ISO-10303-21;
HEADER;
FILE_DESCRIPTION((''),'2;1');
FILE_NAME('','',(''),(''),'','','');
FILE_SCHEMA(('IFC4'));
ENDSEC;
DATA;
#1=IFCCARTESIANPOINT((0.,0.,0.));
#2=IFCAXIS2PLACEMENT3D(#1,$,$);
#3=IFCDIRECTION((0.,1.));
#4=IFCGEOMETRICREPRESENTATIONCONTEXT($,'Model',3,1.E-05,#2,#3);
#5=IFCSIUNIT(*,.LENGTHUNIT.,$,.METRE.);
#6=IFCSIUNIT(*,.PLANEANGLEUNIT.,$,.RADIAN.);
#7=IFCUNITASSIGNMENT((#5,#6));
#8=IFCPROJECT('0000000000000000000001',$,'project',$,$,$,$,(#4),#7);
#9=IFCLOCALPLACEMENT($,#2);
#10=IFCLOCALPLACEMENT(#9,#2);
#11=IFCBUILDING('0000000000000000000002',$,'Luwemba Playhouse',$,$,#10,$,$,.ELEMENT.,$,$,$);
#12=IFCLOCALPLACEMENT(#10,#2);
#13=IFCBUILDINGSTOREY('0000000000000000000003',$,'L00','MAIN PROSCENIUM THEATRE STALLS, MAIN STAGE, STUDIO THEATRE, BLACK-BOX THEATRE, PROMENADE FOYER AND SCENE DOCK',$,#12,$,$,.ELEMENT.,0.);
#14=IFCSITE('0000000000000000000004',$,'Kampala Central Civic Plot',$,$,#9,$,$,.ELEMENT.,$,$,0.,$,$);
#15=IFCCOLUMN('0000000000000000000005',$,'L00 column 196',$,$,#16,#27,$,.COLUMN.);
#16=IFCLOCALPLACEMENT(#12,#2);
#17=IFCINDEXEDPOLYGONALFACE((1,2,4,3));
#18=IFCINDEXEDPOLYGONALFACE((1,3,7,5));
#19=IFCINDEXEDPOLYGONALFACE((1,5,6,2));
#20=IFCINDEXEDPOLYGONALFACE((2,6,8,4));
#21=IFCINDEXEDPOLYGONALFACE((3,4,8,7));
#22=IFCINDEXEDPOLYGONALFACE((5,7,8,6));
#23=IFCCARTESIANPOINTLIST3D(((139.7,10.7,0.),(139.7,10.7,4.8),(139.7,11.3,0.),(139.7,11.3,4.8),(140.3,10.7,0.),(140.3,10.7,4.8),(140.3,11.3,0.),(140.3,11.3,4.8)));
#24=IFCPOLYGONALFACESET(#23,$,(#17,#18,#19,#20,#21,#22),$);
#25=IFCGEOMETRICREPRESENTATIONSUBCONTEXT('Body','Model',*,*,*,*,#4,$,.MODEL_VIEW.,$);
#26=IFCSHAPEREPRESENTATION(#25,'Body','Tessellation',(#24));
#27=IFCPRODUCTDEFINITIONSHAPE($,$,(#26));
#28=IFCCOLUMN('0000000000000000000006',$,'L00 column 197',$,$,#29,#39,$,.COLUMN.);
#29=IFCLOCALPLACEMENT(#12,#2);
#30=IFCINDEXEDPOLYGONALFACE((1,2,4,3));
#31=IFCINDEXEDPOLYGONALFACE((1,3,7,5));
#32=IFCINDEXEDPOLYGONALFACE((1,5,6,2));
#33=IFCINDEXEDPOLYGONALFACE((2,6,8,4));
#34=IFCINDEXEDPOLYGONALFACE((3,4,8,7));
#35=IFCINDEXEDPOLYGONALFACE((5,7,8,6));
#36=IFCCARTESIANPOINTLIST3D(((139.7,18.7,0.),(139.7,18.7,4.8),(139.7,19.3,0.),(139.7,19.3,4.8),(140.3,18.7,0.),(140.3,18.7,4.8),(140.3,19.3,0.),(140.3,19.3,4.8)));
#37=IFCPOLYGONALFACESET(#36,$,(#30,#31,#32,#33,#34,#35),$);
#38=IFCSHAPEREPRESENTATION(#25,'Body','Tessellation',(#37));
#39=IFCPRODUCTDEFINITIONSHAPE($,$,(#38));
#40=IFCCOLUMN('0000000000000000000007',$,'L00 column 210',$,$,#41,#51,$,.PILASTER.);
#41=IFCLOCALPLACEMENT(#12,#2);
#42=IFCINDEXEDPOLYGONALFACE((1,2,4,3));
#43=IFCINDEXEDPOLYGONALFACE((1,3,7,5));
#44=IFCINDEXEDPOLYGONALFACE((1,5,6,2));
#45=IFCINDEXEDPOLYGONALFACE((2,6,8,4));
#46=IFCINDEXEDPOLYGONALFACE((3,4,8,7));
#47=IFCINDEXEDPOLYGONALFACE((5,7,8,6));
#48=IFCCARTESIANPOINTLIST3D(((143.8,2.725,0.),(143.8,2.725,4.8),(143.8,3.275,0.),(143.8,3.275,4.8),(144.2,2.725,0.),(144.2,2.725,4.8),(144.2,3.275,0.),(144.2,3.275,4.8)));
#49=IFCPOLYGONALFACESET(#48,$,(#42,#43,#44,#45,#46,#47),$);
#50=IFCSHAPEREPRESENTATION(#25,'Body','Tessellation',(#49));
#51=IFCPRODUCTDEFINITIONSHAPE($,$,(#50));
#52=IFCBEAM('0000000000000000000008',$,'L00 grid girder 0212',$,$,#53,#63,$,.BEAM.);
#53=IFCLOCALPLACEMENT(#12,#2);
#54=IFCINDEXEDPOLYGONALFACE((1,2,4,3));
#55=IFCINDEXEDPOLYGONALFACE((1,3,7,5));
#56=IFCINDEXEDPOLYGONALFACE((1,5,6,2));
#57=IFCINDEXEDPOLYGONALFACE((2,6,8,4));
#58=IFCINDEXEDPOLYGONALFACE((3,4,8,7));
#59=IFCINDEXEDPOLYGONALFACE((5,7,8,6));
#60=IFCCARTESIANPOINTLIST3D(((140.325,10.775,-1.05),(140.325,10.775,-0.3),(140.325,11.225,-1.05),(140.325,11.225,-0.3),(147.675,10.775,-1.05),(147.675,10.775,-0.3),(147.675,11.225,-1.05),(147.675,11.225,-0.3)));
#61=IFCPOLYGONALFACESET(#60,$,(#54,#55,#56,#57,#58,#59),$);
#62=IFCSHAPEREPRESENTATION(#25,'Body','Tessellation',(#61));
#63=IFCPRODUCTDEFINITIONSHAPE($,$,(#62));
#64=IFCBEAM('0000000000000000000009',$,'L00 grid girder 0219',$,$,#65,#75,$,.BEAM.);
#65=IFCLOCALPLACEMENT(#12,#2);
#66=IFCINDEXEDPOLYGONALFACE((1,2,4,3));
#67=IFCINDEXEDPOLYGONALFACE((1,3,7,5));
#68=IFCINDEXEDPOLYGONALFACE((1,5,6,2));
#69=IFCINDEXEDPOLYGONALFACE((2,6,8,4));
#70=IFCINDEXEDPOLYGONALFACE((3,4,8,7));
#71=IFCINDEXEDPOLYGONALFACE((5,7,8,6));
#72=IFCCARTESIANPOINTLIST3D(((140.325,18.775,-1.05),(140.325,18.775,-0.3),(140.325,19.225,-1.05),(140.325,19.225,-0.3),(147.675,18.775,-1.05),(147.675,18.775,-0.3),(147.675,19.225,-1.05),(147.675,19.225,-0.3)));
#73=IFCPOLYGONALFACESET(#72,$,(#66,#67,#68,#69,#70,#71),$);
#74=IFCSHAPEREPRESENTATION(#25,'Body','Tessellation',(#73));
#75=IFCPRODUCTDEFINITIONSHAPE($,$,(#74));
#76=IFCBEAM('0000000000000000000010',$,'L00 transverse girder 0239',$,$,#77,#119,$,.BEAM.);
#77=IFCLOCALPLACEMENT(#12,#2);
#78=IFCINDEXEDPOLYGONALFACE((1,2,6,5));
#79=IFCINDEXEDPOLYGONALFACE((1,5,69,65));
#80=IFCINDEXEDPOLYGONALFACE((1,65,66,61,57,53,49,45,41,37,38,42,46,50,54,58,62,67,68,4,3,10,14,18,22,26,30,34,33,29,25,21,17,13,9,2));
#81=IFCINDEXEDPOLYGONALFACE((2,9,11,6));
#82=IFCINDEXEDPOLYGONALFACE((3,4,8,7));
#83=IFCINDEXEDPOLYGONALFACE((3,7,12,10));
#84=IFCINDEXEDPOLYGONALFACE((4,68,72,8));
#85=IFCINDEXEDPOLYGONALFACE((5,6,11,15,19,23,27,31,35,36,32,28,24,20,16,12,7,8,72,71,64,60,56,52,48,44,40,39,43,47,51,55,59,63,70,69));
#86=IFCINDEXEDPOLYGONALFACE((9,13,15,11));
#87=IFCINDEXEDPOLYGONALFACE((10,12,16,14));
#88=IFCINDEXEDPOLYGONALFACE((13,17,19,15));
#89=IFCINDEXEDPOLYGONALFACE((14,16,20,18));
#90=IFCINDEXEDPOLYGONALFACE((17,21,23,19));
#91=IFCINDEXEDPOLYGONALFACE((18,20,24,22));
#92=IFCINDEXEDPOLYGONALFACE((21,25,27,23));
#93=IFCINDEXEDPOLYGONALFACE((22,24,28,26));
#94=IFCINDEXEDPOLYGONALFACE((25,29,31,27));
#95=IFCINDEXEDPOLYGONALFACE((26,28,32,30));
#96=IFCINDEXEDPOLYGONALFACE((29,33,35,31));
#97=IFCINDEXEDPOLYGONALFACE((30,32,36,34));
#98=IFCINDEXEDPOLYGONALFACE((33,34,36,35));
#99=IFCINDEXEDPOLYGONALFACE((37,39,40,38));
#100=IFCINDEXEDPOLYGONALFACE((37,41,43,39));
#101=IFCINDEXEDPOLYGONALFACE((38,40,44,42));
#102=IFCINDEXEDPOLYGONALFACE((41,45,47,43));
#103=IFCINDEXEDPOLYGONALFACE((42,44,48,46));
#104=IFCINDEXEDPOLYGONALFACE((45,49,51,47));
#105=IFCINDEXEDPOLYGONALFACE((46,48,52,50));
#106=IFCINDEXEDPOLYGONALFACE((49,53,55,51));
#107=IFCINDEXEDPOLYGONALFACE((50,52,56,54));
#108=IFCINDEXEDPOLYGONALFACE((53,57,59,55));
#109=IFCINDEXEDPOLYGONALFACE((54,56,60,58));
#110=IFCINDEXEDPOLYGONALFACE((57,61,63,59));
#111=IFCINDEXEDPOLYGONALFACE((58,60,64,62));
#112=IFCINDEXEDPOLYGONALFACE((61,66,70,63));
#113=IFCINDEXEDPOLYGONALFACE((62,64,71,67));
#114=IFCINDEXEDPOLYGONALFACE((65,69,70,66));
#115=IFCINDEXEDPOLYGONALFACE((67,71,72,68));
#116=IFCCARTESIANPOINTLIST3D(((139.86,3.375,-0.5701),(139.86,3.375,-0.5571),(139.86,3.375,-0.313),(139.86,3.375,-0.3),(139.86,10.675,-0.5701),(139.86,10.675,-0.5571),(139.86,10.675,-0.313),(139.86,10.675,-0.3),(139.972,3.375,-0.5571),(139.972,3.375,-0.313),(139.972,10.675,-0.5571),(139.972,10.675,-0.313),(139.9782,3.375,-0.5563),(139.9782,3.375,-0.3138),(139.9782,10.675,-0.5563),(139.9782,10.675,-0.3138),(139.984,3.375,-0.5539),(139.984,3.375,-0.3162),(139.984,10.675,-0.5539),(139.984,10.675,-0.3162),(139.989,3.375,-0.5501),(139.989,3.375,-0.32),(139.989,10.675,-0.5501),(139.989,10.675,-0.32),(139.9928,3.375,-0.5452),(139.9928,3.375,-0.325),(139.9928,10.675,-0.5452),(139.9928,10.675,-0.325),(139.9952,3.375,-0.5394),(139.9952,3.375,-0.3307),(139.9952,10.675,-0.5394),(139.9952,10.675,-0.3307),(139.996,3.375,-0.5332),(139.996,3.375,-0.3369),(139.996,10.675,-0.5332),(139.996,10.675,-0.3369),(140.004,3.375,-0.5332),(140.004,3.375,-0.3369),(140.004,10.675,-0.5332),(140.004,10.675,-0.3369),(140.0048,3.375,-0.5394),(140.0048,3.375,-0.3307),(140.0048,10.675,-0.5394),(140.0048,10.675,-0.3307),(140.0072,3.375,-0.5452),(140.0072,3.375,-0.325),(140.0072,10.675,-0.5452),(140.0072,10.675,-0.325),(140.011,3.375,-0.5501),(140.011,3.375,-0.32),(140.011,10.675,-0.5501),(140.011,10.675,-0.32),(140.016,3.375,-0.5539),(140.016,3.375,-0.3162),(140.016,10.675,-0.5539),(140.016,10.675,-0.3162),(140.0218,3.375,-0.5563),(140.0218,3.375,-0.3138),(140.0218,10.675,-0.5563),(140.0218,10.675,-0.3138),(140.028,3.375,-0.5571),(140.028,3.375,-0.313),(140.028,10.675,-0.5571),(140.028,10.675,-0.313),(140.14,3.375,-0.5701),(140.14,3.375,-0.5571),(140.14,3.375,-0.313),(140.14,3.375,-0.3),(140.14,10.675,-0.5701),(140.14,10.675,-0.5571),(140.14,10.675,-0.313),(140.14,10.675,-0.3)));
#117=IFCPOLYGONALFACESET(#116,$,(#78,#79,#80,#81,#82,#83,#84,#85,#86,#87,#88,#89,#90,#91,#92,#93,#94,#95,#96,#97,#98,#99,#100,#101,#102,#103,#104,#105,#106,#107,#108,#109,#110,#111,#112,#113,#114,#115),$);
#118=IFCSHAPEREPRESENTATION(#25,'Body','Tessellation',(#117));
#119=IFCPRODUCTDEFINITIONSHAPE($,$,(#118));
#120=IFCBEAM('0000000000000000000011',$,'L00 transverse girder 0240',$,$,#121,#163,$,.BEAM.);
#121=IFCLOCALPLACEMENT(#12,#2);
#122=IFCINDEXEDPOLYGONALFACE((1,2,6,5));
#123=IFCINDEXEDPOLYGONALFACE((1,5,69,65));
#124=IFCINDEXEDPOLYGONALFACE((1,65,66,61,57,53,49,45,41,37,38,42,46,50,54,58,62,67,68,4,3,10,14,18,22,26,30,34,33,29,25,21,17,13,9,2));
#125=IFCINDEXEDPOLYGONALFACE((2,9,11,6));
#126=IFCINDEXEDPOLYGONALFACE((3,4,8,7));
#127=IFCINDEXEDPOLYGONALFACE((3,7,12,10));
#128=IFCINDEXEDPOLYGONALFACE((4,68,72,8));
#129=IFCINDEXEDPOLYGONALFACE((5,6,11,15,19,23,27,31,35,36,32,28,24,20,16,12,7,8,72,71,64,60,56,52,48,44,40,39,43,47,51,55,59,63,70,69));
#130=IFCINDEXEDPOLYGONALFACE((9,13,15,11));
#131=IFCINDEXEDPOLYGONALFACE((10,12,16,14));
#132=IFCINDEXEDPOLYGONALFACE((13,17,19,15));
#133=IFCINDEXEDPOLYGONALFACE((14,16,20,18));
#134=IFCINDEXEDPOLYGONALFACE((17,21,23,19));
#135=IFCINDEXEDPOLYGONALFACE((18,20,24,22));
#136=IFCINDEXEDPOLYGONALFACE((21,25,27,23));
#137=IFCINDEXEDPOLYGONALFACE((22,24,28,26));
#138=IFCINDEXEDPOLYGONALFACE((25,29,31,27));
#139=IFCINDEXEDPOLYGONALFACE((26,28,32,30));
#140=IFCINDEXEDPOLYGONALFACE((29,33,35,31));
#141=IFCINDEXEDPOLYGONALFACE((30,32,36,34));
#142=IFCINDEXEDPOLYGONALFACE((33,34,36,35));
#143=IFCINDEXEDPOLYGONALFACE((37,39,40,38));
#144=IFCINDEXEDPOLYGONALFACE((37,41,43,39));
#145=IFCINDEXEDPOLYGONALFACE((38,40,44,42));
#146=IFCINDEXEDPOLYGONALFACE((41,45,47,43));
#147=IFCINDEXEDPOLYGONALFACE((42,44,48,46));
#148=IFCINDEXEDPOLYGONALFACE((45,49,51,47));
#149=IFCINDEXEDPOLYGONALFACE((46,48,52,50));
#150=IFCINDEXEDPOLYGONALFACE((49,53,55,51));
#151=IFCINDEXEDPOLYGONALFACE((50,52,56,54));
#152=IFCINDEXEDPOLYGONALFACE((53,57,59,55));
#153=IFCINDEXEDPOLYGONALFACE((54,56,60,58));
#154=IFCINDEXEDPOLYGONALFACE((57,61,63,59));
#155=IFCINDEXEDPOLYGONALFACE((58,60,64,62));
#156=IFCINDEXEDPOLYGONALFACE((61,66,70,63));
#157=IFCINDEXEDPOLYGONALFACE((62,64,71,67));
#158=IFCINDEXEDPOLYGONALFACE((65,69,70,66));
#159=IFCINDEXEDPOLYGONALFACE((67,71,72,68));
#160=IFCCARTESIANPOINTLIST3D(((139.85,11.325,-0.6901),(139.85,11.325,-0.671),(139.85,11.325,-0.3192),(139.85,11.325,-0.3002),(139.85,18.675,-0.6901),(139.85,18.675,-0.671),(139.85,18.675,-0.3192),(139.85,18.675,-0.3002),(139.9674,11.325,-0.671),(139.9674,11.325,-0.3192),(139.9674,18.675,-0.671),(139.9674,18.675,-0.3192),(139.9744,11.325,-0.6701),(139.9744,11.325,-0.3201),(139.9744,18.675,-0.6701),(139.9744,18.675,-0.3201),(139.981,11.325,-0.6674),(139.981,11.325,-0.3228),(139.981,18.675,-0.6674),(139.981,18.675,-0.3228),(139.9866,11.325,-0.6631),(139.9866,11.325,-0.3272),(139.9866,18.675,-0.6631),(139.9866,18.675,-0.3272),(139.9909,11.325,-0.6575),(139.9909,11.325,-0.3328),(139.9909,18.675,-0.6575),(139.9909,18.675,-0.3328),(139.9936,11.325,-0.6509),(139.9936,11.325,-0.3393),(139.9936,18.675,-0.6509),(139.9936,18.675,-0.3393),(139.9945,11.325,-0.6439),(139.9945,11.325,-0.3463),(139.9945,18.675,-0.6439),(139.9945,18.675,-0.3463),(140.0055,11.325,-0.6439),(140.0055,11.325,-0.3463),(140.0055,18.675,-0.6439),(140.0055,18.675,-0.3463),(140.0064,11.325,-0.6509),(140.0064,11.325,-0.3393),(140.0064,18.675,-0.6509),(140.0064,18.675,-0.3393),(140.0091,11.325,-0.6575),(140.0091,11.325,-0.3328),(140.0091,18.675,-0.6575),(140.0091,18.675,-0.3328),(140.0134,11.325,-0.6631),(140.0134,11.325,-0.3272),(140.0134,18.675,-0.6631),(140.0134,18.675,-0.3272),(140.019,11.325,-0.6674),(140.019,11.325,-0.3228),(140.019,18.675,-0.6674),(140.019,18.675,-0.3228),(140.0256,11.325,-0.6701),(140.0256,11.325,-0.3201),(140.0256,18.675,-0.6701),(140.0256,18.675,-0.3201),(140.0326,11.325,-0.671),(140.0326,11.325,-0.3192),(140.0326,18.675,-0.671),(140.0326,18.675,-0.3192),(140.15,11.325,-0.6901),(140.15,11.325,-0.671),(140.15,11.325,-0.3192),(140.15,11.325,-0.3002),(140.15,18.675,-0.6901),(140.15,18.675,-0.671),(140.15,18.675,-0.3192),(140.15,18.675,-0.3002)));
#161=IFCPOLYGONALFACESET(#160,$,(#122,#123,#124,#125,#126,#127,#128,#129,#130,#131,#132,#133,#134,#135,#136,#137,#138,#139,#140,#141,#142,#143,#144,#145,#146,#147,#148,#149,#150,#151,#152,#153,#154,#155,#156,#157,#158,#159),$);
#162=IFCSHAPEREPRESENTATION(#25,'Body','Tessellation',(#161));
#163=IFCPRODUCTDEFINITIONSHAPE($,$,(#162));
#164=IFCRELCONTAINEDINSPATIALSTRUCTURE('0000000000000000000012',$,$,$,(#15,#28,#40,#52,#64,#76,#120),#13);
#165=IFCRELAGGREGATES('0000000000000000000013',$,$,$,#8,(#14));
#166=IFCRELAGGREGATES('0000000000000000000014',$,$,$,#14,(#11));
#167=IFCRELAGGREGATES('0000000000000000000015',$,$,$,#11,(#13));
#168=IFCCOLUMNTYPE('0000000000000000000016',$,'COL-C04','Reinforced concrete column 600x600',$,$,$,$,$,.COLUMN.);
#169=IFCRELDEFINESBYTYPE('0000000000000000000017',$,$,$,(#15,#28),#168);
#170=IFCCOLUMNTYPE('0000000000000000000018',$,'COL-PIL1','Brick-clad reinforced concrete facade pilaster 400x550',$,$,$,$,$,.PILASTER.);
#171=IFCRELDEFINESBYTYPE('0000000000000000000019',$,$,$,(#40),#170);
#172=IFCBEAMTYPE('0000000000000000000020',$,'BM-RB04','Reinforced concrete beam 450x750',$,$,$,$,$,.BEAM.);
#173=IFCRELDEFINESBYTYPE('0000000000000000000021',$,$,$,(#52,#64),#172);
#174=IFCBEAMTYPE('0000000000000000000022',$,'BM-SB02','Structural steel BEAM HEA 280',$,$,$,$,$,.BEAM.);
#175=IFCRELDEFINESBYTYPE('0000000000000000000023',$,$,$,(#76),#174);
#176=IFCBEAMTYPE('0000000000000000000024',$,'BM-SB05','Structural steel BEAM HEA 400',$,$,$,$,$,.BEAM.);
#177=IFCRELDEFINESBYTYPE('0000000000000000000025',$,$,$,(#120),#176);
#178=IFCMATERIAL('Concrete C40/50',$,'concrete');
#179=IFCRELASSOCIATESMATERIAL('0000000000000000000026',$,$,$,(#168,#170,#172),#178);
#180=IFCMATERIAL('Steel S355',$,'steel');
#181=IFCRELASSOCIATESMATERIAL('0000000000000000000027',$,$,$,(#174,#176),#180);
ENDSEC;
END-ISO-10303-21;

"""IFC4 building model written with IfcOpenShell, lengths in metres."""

from ifc_helpers import new_model, si_unit, direction, frame, origin, origin_2d, place, context, subcontext, project, spatial, rectangle, i_section, extrude, material, material_profile, profile_set, type_object, element, save


model = new_model("IFC4")

# Units and contexts
model_context = context("Model", 3, precision=1e-05, world=origin(), true_north=direction((0.0, 1.0)))
body_context = subcontext(model_context, "Body", "Model", "MODEL_VIEW")
ifc_project = project(units=[si_unit("LENGTHUNIT", "METRE"), si_unit("PLANEANGLEUNIT", "RADIAN")], contexts=[model_context])

# Site, building, storey
site_placement = place(None, origin())
site = spatial("IfcSite", under=ifc_project, at=site_placement, Name="Kampala Central Civic Plot", CompositionType="ELEMENT", RefElevation=0.0)
building_placement = place(site_placement, origin())
building = spatial("IfcBuilding", under=site, at=building_placement, Name="Luwemba Playhouse", CompositionType="ELEMENT")
storey_placement = place(building_placement, origin())
storey = spatial("IfcBuildingStorey", under=building, at=storey_placement, Name="L00", Description="MAIN PROSCENIUM THEATRE STALLS, MAIN STAGE, STUDIO THEATRE, BLACK-BOX THEATRE, PROMENADE FOYER AND SCENE DOCK", CompositionType="ELEMENT", Elevation=0.0)

# Columns
ifc_material_1 = material(Name="Concrete C40/50", Category="concrete")
ifc_material_profile_1 = material_profile(ifc_material_1, rectangle(XDim=0.6001, YDim=0.6001, at=origin_2d()))
ifc_profile_set_1 = profile_set([ifc_material_profile_1], Name="Concrete C40/50")
column_type_1 = type_object("IfcColumnType", Name="COL-C04", Description="Reinforced concrete column 600x600", PredefinedType="COLUMN", material=ifc_profile_set_1)
for number, where, z_axis, x_axis, name in (
    (1, (140.0, 11.0, 0.0), (0.0, 0.0, 1.0), (1.0, 0.0, 0.0), "L00 column 196"),
    (2, (140.0, 19.0, 0.0), (0.0, 0.0, 1.0), (1.0, 0.0, 0.0), "L00 column 197"),
):
    element("IfcColumn", number, at=place(storey_placement, frame(where, z_axis=z_axis, x_axis=x_axis)), inside=storey, type_object=column_type_1, Name=name, PredefinedType="COLUMN", context=body_context, shape_type="SweptSolid", body=[
        extrude(rectangle(XDim=0.6001, YDim=0.6001, at=origin_2d()), origin(), (0.0, 0.0, 1.0), 4.8),
    ])
ifc_material_profile_2 = material_profile(ifc_material_1, rectangle(XDim=0.3999, YDim=0.55, at=origin_2d()))
ifc_profile_set_2 = profile_set([ifc_material_profile_2], Name="Concrete C40/50")
column_type_2 = type_object("IfcColumnType", Name="COL-PIL1", Description="Brick-clad reinforced concrete facade pilaster 400x550", PredefinedType="PILASTER", material=ifc_profile_set_2)
column_placement = place(storey_placement, frame((144.0, 3.0, 0.0), z_axis=(0.0, 0.0, 1.0), x_axis=(1.0, 0.0, 0.0)))
element("IfcColumn", 3, at=column_placement, inside=storey, type_object=column_type_2, Name="L00 column 210", PredefinedType="PILASTER", context=body_context, shape_type="SweptSolid", body=[
    extrude(rectangle(XDim=0.3999, YDim=0.55, at=origin_2d()), origin(), (0.0, 0.0, 1.0), 4.8),
])

# Beams
ifc_material_profile_3 = material_profile(ifc_material_1, rectangle(XDim=0.45, YDim=0.75, at=origin_2d()))
ifc_profile_set_3 = profile_set([ifc_material_profile_3], Name="Concrete C40/50")
beam_type_1 = type_object("IfcBeamType", Name="BM-RB04", Description="Reinforced concrete beam 450x750", PredefinedType="BEAM", material=ifc_profile_set_3)
for number, where, z_axis, x_axis, name in (
    (4, (140.325, 11.0, -0.675), (1.0, 0.0, 0.0), (0.0, 1.0, 0.0), "L00 grid girder 0212"),
    (5, (140.325, 19.0, -0.675), (1.0, 0.0, 0.0), (0.0, 1.0, 0.0), "L00 grid girder 0219"),
):
    element("IfcBeam", number, at=place(storey_placement, frame(where, z_axis=z_axis, x_axis=x_axis)), inside=storey, type_object=beam_type_1, Name=name, PredefinedType="BEAM", context=body_context, shape_type="SweptSolid", body=[
        extrude(rectangle(XDim=0.45, YDim=0.75, at=origin_2d()), origin(), (0.0, 0.0, 1.0), 7.3501),
    ])
ifc_material_2 = material(Name="Steel S355", Category="steel")
ifc_material_profile_4 = material_profile(ifc_material_2, i_section(OverallWidth=0.28, OverallDepth=0.27, WebThickness=0.0081, FlangeThickness=0.0129, FilletRadius=0.0239, at=origin_2d()))
ifc_profile_set_4 = profile_set([ifc_material_profile_4], Name="Steel S355")
beam_type_2 = type_object("IfcBeamType", Name="BM-SB02", Description="Structural steel BEAM HEA 280", PredefinedType="BEAM", material=ifc_profile_set_4)
beam_1_placement = place(storey_placement, frame((140.0, 3.375, -0.4351), z_axis=(0.0, 1.0, 0.0), x_axis=(-1.0, 0.0, 0.0)))
element("IfcBeam", 6, at=beam_1_placement, inside=storey, type_object=beam_type_2, Name="L00 transverse girder 0239", PredefinedType="BEAM", context=body_context, shape_type="SweptSolid", body=[
    extrude(i_section(OverallWidth=0.28, OverallDepth=0.27, WebThickness=0.0081, FlangeThickness=0.0129, FilletRadius=0.0239, at=origin_2d()), origin(), (0.0, 0.0, 1.0), 7.3),
])
ifc_material_profile_5 = material_profile(ifc_material_2, i_section(OverallWidth=0.3, OverallDepth=0.3899, WebThickness=0.011, FlangeThickness=0.019, FilletRadius=0.0271, at=origin_2d()))
ifc_profile_set_5 = profile_set([ifc_material_profile_5], Name="Steel S355")
beam_type_3 = type_object("IfcBeamType", Name="BM-SB05", Description="Structural steel BEAM HEA 400", PredefinedType="BEAM", material=ifc_profile_set_5)
beam_2_placement = place(storey_placement, frame((140.0, 11.325, -0.4951), z_axis=(0.0, 1.0, 0.0), x_axis=(-1.0, 0.0, 0.0)))
element("IfcBeam", 7, at=beam_2_placement, inside=storey, type_object=beam_type_3, Name="L00 transverse girder 0240", PredefinedType="BEAM", context=body_context, shape_type="SweptSolid", body=[
    extrude(i_section(OverallWidth=0.3, OverallDepth=0.3899, WebThickness=0.011, FlangeThickness=0.019, FilletRadius=0.0271, at=origin_2d()), origin(), (0.0, 0.0, 1.0), 7.3501),
])

save(model, "model.ifc")
